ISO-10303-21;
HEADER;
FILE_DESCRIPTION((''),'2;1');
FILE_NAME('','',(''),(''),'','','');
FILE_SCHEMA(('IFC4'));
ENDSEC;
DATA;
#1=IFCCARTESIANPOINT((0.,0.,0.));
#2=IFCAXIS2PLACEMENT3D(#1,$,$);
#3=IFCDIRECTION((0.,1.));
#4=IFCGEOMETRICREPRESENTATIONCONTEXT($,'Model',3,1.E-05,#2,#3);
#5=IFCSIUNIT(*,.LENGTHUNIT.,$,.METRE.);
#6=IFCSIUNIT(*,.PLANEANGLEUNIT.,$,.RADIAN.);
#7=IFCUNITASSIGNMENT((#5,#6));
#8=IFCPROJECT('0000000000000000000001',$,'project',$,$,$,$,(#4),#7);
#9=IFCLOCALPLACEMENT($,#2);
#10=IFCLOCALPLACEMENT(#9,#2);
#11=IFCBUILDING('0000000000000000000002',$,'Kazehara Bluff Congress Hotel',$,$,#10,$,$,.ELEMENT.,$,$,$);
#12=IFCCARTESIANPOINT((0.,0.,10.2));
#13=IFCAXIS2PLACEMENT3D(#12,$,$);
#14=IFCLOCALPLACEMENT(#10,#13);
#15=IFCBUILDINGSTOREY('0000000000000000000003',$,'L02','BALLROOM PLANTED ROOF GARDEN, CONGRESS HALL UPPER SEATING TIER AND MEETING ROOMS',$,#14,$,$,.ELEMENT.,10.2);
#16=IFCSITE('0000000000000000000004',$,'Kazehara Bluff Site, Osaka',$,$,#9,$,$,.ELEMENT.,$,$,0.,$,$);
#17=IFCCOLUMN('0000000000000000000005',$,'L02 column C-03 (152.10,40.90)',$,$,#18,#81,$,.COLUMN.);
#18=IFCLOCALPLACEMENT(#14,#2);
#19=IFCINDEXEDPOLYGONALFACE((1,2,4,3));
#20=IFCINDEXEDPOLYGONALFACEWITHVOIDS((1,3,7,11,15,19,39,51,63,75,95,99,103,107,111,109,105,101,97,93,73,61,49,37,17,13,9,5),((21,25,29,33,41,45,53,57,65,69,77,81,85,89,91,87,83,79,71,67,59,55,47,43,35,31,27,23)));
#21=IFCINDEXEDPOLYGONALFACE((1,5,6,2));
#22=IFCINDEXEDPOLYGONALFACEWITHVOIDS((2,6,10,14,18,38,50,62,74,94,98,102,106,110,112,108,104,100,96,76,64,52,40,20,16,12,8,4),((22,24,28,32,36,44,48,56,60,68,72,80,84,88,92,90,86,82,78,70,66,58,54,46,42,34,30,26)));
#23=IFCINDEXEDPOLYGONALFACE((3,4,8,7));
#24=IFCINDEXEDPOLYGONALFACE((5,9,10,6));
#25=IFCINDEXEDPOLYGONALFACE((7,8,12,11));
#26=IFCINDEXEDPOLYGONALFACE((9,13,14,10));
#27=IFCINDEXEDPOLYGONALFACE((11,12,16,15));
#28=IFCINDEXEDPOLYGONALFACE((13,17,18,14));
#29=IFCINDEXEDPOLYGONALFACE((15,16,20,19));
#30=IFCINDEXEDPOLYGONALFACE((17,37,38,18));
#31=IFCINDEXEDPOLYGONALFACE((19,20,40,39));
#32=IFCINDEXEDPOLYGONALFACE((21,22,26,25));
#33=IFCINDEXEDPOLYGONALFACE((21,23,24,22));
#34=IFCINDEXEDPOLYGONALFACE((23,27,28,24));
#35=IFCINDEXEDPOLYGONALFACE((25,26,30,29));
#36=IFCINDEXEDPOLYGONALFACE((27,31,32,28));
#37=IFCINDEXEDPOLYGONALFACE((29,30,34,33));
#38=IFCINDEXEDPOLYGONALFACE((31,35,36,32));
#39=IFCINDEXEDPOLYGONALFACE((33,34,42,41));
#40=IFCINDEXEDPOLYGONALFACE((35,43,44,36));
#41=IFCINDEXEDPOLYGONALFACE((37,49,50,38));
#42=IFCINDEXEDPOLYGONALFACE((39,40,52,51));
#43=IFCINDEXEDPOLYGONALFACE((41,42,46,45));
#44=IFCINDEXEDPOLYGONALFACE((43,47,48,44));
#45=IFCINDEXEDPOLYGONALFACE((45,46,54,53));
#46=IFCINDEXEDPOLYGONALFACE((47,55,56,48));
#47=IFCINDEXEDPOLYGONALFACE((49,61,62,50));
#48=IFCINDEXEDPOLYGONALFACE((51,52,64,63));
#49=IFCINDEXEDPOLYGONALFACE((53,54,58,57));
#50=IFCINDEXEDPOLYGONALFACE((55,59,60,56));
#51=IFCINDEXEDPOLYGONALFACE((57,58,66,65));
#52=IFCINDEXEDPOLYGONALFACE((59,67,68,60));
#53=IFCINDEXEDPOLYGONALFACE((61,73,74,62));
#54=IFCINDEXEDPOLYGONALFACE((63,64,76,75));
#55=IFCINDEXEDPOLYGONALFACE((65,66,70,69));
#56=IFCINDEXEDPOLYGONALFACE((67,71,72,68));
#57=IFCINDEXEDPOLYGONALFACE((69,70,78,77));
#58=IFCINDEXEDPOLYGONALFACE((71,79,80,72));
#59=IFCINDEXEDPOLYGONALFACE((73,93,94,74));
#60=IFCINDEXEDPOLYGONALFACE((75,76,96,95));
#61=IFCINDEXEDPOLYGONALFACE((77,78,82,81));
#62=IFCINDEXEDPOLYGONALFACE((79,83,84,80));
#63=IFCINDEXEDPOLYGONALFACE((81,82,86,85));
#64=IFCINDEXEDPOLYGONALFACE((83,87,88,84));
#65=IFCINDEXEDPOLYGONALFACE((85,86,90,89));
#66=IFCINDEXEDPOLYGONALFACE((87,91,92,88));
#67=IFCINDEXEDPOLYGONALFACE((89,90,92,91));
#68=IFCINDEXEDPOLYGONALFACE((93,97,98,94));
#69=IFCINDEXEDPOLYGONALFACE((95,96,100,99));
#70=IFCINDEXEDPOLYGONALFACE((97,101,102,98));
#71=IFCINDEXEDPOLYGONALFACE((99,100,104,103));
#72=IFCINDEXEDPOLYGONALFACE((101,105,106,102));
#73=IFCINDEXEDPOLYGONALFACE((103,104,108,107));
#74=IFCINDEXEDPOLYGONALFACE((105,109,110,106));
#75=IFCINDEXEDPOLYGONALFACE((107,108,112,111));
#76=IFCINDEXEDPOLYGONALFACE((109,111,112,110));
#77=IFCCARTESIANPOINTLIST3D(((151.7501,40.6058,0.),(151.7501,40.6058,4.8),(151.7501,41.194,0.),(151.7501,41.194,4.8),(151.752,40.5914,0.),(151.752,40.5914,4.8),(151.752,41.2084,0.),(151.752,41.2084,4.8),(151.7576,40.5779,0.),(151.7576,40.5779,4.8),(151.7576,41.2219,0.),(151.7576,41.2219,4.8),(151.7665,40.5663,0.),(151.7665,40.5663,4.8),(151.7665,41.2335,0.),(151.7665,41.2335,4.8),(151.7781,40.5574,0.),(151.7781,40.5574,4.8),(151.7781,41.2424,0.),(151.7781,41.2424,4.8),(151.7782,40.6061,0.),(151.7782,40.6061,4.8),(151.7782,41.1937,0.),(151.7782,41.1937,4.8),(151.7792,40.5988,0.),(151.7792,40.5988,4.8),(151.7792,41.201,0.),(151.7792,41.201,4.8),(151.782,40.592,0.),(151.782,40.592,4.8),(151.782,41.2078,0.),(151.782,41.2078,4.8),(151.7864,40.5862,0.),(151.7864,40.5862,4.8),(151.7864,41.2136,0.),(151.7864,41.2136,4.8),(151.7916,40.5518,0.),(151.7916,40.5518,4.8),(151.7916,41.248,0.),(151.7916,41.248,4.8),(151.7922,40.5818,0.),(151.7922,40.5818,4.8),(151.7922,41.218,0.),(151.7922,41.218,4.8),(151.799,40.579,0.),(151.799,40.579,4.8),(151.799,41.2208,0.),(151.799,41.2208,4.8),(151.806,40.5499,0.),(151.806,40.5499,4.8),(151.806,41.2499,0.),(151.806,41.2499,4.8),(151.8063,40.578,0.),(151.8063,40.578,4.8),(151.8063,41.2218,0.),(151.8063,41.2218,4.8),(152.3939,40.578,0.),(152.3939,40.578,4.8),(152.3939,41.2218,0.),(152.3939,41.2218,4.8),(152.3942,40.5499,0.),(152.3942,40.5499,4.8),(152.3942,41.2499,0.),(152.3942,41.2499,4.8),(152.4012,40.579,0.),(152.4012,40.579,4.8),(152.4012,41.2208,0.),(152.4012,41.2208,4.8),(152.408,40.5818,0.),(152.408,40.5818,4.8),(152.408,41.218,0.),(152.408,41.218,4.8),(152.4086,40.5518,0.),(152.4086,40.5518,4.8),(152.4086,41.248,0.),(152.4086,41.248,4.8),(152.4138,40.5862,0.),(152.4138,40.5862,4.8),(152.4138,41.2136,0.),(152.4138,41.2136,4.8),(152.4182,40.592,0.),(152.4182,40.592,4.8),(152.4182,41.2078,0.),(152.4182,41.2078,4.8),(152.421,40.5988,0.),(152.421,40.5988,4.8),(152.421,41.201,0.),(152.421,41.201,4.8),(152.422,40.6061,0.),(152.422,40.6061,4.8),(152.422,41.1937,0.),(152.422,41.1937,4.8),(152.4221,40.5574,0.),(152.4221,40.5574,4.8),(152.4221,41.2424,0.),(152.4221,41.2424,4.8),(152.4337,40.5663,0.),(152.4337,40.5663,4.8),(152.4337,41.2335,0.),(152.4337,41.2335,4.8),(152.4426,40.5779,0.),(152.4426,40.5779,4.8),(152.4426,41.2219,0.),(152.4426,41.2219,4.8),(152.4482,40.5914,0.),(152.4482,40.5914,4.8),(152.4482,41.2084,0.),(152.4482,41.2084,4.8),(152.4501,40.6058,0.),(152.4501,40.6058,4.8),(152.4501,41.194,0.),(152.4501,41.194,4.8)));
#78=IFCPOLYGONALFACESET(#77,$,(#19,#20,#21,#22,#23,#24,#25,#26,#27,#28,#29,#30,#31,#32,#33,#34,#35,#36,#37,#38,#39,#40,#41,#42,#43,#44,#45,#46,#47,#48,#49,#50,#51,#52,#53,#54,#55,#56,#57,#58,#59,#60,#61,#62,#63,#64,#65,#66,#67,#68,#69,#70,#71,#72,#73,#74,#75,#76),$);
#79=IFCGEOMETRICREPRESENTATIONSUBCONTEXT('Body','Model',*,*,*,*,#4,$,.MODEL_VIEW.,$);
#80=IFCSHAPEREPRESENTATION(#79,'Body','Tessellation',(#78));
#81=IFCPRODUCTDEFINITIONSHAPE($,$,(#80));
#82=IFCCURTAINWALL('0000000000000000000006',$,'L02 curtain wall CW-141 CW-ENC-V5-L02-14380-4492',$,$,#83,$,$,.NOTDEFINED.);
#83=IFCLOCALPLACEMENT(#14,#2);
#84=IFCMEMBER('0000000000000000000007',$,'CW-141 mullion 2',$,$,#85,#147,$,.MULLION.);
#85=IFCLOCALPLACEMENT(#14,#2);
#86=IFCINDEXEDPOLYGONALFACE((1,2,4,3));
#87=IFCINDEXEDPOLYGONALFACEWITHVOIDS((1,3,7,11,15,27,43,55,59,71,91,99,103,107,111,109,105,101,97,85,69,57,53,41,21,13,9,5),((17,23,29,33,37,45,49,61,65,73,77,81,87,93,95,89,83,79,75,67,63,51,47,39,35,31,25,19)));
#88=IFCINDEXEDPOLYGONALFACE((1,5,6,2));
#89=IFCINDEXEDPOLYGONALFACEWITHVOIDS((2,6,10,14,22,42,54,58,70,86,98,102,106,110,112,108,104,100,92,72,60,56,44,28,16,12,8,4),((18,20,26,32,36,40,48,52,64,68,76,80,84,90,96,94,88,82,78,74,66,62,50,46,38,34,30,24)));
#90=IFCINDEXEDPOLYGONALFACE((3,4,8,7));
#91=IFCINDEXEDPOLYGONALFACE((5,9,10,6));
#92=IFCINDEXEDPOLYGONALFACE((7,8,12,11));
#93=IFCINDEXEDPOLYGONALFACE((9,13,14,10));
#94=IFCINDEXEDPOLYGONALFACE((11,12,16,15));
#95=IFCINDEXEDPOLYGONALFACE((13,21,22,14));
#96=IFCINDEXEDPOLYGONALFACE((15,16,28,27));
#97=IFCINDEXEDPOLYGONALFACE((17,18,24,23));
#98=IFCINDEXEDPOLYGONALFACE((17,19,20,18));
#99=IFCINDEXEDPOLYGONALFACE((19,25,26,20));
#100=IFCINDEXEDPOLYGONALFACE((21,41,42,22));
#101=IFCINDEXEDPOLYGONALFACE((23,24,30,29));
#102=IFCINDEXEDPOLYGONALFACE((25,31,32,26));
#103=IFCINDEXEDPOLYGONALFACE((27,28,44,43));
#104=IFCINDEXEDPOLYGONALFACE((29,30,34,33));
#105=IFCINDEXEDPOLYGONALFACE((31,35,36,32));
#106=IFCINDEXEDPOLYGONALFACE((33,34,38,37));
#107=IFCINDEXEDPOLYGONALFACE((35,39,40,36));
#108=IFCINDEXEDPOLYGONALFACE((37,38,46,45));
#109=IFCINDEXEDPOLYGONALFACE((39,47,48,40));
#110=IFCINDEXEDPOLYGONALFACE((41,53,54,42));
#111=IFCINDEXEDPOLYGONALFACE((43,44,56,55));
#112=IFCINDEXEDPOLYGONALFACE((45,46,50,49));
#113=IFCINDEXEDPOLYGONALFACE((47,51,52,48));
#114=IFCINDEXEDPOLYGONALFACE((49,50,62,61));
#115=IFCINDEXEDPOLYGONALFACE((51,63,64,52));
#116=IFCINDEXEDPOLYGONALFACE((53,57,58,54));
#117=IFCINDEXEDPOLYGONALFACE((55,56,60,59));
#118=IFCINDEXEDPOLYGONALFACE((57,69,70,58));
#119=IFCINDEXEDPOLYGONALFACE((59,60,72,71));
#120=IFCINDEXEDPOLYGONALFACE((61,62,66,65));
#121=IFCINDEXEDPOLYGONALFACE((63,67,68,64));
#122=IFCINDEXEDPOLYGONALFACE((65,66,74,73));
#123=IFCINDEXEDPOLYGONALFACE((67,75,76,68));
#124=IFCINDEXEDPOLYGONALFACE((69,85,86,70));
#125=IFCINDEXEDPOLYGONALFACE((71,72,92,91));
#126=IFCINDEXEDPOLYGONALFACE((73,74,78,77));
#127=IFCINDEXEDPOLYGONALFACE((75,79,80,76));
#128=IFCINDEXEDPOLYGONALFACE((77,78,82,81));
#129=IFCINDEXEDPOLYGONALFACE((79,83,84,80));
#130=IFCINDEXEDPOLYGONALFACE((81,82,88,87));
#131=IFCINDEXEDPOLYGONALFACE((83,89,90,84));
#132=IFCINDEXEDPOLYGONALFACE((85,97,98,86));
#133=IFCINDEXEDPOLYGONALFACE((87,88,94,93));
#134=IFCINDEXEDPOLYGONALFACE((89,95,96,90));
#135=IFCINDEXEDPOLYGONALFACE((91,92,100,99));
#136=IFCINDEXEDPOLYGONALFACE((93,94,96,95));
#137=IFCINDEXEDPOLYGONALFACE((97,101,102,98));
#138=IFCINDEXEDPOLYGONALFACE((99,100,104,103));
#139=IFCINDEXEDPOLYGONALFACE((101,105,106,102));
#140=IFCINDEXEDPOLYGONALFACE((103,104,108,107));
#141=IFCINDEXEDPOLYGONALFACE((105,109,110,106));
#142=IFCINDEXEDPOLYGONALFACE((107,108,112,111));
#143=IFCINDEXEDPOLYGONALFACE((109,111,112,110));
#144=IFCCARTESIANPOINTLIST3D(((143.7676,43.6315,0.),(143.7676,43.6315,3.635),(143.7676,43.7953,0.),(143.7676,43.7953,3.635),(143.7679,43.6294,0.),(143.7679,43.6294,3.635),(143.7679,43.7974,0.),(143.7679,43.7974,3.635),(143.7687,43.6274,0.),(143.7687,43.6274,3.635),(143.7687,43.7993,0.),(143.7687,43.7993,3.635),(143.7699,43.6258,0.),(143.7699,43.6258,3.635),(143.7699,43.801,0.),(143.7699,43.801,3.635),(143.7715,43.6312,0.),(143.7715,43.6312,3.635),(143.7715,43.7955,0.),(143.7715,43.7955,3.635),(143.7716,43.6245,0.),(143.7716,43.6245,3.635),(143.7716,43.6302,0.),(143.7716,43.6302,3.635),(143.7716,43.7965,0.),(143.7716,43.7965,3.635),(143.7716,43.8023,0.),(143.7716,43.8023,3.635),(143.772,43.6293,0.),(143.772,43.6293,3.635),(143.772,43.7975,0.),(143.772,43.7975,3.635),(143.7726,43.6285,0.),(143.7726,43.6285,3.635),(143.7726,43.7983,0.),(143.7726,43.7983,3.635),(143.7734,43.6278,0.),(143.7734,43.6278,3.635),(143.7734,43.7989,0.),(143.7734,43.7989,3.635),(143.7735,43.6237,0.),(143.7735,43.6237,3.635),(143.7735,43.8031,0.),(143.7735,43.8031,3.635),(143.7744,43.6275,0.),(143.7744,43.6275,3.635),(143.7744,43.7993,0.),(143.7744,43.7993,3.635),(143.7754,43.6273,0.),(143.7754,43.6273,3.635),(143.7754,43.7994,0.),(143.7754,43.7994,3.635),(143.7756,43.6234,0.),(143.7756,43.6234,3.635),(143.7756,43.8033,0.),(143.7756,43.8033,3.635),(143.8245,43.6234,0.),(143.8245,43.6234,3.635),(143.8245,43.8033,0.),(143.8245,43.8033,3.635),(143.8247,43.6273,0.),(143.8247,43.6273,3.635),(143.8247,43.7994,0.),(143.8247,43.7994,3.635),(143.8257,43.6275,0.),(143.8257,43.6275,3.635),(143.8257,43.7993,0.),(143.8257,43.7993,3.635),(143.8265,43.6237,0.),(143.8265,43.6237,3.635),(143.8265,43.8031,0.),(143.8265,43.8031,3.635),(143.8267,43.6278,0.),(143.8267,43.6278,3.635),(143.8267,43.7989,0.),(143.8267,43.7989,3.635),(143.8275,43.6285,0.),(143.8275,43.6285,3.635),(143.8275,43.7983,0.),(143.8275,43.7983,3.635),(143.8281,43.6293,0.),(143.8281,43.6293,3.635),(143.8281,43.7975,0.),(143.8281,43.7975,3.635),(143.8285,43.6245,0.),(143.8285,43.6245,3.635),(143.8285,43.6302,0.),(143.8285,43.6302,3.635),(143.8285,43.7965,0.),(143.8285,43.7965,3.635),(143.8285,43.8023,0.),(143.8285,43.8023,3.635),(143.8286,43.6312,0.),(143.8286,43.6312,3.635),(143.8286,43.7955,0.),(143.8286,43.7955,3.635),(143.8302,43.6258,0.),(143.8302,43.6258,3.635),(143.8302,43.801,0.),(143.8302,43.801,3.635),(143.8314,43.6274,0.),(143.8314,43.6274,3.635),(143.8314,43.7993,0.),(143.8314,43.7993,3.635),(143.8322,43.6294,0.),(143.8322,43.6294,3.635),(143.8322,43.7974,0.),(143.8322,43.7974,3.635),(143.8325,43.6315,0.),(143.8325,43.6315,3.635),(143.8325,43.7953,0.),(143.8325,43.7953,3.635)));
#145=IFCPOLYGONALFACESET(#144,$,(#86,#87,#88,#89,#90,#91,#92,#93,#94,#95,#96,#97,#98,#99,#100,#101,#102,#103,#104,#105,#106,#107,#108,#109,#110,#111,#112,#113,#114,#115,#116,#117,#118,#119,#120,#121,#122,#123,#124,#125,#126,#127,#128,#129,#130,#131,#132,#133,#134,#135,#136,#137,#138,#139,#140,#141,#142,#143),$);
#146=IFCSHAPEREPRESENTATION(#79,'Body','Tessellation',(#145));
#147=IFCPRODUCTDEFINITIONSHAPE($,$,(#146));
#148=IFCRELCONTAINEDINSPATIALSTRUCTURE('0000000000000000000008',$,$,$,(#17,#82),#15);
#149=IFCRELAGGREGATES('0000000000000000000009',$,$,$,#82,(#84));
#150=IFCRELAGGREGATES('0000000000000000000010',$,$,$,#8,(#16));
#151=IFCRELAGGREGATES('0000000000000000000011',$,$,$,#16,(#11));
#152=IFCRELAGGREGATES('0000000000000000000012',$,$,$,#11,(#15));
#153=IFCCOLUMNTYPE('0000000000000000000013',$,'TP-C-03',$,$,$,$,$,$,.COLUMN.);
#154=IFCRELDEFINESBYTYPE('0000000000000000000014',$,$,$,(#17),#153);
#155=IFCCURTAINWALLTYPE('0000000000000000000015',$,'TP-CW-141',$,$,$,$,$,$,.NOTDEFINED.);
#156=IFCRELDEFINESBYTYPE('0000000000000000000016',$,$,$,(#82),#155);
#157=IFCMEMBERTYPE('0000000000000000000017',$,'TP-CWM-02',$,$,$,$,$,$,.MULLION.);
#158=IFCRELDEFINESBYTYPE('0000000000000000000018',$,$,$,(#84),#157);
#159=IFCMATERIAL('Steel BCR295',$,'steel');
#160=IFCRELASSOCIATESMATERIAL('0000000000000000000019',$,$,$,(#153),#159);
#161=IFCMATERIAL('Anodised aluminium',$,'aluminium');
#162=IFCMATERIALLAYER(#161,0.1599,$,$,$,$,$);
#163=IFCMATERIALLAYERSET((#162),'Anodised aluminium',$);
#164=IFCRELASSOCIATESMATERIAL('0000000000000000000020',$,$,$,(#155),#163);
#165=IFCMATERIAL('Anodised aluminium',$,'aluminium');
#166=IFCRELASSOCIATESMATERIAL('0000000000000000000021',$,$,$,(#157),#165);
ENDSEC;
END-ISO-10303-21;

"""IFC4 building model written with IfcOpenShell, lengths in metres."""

from ifc_helpers import new_model, si_unit, direction, frame, origin, origin_2d, place, context, subcontext, project, spatial, hollow_rectangle, extrude, material, layer, layer_set, material_profile, profile_set, type_object, element, aggregate, save


model = new_model("IFC4")

# Units and contexts
model_context = context("Model", 3, precision=1e-05, world=origin(), true_north=direction((0.0, 1.0)))
body_context = subcontext(model_context, "Body", "Model", "MODEL_VIEW")
ifc_project = project(units=[si_unit("LENGTHUNIT", "METRE"), si_unit("PLANEANGLEUNIT", "RADIAN")], contexts=[model_context])

# Site, building, storey
site_placement = place(None, origin())
site = spatial("IfcSite", under=ifc_project, at=site_placement, Name="Kazehara Bluff Site, Osaka", CompositionType="ELEMENT", RefElevation=0.0)
building_placement = place(site_placement, origin())
building = spatial("IfcBuilding", under=site, at=building_placement, Name="Kazehara Bluff Congress Hotel", CompositionType="ELEMENT")
storey_placement = place(building_placement, frame((0.0, 0.0, 10.2)))
storey = spatial("IfcBuildingStorey", under=building, at=storey_placement, Name="L02", Description="BALLROOM PLANTED ROOF GARDEN, CONGRESS HALL UPPER SEATING TIER AND MEETING ROOMS", CompositionType="ELEMENT", Elevation=10.2)

# Column
ifc_material_1 = material(Name="Steel BCR295", Category="steel")
ifc_material_profile_1 = material_profile(ifc_material_1, hollow_rectangle(XDim=0.7, YDim=0.7, WallThickness=0.0281, InnerFilletRadius=0.0281, OuterFilletRadius=0.0559, at=origin_2d()))
ifc_profile_set_1 = profile_set([ifc_material_profile_1], Name="Steel BCR295")
column_type = type_object("IfcColumnType", Name="TP-C-03", PredefinedType="COLUMN", material=ifc_profile_set_1)
column_placement = place(storey_placement, frame((152.1001, 40.8999, 0.0), z_axis=(0.0, 0.0, 1.0), x_axis=(1.0, 0.0, 0.0)))
element("IfcColumn", 1, at=column_placement, inside=storey, type_object=column_type, Name="L02 column C-03 (152.10,40.90)", PredefinedType="COLUMN", context=body_context, shape_type="SweptSolid", body=[
    extrude(hollow_rectangle(XDim=0.7, YDim=0.7, WallThickness=0.0281, InnerFilletRadius=0.0281, OuterFilletRadius=0.0559, at=origin_2d()), origin(), (0.0, 0.0, 1.0), 4.8),
])

# Curtain wall, member
ifc_material_2 = material(Name="Anodised aluminium", Category="aluminium")
ifc_layer_1 = layer(ifc_material_2, 0.1599)
ifc_layer_set_1 = layer_set([ifc_layer_1], Name="Anodised aluminium")
curtain_wall_type = type_object("IfcCurtainWallType", Name="TP-CW-141", PredefinedType="NOTDEFINED", material=ifc_layer_set_1)
curtain_wall_placement = place(storey_placement, origin())
curtain_wall = element("IfcCurtainWall", 2, at=curtain_wall_placement, inside=storey, type_object=curtain_wall_type, Name="L02 curtain wall CW-141 CW-ENC-V5-L02-14380-4492", PredefinedType="NOTDEFINED")
ifc_material_3 = material(Name="Anodised aluminium", Category="aluminium")
ifc_material_profile_2 = material_profile(ifc_material_3, hollow_rectangle(XDim=0.0649, YDim=0.1799, WallThickness=0.0039, InnerFilletRadius=0.0039, OuterFilletRadius=0.0081, at=origin_2d()))
ifc_profile_set_2 = profile_set([ifc_material_profile_2], Name="Anodised aluminium")
member_type_1 = type_object("IfcMemberType", Name="TP-CWM-02", PredefinedType="MULLION", material=ifc_profile_set_2)
member_1_placement = place(storey_placement, frame((143.8, 43.7134, 0.0), z_axis=(0.0, 0.0, 1.0), x_axis=(-1.0, 0.0, 0.0)))
member_1 = element("IfcMember", 3, at=member_1_placement, type_object=member_type_1, Name="CW-141 mullion 2", PredefinedType="MULLION", context=body_context, shape_type="SweptSolid", body=[
    extrude(hollow_rectangle(XDim=0.0649, YDim=0.1799, WallThickness=0.0039, InnerFilletRadius=0.0039, OuterFilletRadius=0.0081, at=origin_2d()), origin(), (0.0, 0.0, 1.0), 3.635),
])

aggregate(curtain_wall, [member_1])

save(model, "model.ifc")
